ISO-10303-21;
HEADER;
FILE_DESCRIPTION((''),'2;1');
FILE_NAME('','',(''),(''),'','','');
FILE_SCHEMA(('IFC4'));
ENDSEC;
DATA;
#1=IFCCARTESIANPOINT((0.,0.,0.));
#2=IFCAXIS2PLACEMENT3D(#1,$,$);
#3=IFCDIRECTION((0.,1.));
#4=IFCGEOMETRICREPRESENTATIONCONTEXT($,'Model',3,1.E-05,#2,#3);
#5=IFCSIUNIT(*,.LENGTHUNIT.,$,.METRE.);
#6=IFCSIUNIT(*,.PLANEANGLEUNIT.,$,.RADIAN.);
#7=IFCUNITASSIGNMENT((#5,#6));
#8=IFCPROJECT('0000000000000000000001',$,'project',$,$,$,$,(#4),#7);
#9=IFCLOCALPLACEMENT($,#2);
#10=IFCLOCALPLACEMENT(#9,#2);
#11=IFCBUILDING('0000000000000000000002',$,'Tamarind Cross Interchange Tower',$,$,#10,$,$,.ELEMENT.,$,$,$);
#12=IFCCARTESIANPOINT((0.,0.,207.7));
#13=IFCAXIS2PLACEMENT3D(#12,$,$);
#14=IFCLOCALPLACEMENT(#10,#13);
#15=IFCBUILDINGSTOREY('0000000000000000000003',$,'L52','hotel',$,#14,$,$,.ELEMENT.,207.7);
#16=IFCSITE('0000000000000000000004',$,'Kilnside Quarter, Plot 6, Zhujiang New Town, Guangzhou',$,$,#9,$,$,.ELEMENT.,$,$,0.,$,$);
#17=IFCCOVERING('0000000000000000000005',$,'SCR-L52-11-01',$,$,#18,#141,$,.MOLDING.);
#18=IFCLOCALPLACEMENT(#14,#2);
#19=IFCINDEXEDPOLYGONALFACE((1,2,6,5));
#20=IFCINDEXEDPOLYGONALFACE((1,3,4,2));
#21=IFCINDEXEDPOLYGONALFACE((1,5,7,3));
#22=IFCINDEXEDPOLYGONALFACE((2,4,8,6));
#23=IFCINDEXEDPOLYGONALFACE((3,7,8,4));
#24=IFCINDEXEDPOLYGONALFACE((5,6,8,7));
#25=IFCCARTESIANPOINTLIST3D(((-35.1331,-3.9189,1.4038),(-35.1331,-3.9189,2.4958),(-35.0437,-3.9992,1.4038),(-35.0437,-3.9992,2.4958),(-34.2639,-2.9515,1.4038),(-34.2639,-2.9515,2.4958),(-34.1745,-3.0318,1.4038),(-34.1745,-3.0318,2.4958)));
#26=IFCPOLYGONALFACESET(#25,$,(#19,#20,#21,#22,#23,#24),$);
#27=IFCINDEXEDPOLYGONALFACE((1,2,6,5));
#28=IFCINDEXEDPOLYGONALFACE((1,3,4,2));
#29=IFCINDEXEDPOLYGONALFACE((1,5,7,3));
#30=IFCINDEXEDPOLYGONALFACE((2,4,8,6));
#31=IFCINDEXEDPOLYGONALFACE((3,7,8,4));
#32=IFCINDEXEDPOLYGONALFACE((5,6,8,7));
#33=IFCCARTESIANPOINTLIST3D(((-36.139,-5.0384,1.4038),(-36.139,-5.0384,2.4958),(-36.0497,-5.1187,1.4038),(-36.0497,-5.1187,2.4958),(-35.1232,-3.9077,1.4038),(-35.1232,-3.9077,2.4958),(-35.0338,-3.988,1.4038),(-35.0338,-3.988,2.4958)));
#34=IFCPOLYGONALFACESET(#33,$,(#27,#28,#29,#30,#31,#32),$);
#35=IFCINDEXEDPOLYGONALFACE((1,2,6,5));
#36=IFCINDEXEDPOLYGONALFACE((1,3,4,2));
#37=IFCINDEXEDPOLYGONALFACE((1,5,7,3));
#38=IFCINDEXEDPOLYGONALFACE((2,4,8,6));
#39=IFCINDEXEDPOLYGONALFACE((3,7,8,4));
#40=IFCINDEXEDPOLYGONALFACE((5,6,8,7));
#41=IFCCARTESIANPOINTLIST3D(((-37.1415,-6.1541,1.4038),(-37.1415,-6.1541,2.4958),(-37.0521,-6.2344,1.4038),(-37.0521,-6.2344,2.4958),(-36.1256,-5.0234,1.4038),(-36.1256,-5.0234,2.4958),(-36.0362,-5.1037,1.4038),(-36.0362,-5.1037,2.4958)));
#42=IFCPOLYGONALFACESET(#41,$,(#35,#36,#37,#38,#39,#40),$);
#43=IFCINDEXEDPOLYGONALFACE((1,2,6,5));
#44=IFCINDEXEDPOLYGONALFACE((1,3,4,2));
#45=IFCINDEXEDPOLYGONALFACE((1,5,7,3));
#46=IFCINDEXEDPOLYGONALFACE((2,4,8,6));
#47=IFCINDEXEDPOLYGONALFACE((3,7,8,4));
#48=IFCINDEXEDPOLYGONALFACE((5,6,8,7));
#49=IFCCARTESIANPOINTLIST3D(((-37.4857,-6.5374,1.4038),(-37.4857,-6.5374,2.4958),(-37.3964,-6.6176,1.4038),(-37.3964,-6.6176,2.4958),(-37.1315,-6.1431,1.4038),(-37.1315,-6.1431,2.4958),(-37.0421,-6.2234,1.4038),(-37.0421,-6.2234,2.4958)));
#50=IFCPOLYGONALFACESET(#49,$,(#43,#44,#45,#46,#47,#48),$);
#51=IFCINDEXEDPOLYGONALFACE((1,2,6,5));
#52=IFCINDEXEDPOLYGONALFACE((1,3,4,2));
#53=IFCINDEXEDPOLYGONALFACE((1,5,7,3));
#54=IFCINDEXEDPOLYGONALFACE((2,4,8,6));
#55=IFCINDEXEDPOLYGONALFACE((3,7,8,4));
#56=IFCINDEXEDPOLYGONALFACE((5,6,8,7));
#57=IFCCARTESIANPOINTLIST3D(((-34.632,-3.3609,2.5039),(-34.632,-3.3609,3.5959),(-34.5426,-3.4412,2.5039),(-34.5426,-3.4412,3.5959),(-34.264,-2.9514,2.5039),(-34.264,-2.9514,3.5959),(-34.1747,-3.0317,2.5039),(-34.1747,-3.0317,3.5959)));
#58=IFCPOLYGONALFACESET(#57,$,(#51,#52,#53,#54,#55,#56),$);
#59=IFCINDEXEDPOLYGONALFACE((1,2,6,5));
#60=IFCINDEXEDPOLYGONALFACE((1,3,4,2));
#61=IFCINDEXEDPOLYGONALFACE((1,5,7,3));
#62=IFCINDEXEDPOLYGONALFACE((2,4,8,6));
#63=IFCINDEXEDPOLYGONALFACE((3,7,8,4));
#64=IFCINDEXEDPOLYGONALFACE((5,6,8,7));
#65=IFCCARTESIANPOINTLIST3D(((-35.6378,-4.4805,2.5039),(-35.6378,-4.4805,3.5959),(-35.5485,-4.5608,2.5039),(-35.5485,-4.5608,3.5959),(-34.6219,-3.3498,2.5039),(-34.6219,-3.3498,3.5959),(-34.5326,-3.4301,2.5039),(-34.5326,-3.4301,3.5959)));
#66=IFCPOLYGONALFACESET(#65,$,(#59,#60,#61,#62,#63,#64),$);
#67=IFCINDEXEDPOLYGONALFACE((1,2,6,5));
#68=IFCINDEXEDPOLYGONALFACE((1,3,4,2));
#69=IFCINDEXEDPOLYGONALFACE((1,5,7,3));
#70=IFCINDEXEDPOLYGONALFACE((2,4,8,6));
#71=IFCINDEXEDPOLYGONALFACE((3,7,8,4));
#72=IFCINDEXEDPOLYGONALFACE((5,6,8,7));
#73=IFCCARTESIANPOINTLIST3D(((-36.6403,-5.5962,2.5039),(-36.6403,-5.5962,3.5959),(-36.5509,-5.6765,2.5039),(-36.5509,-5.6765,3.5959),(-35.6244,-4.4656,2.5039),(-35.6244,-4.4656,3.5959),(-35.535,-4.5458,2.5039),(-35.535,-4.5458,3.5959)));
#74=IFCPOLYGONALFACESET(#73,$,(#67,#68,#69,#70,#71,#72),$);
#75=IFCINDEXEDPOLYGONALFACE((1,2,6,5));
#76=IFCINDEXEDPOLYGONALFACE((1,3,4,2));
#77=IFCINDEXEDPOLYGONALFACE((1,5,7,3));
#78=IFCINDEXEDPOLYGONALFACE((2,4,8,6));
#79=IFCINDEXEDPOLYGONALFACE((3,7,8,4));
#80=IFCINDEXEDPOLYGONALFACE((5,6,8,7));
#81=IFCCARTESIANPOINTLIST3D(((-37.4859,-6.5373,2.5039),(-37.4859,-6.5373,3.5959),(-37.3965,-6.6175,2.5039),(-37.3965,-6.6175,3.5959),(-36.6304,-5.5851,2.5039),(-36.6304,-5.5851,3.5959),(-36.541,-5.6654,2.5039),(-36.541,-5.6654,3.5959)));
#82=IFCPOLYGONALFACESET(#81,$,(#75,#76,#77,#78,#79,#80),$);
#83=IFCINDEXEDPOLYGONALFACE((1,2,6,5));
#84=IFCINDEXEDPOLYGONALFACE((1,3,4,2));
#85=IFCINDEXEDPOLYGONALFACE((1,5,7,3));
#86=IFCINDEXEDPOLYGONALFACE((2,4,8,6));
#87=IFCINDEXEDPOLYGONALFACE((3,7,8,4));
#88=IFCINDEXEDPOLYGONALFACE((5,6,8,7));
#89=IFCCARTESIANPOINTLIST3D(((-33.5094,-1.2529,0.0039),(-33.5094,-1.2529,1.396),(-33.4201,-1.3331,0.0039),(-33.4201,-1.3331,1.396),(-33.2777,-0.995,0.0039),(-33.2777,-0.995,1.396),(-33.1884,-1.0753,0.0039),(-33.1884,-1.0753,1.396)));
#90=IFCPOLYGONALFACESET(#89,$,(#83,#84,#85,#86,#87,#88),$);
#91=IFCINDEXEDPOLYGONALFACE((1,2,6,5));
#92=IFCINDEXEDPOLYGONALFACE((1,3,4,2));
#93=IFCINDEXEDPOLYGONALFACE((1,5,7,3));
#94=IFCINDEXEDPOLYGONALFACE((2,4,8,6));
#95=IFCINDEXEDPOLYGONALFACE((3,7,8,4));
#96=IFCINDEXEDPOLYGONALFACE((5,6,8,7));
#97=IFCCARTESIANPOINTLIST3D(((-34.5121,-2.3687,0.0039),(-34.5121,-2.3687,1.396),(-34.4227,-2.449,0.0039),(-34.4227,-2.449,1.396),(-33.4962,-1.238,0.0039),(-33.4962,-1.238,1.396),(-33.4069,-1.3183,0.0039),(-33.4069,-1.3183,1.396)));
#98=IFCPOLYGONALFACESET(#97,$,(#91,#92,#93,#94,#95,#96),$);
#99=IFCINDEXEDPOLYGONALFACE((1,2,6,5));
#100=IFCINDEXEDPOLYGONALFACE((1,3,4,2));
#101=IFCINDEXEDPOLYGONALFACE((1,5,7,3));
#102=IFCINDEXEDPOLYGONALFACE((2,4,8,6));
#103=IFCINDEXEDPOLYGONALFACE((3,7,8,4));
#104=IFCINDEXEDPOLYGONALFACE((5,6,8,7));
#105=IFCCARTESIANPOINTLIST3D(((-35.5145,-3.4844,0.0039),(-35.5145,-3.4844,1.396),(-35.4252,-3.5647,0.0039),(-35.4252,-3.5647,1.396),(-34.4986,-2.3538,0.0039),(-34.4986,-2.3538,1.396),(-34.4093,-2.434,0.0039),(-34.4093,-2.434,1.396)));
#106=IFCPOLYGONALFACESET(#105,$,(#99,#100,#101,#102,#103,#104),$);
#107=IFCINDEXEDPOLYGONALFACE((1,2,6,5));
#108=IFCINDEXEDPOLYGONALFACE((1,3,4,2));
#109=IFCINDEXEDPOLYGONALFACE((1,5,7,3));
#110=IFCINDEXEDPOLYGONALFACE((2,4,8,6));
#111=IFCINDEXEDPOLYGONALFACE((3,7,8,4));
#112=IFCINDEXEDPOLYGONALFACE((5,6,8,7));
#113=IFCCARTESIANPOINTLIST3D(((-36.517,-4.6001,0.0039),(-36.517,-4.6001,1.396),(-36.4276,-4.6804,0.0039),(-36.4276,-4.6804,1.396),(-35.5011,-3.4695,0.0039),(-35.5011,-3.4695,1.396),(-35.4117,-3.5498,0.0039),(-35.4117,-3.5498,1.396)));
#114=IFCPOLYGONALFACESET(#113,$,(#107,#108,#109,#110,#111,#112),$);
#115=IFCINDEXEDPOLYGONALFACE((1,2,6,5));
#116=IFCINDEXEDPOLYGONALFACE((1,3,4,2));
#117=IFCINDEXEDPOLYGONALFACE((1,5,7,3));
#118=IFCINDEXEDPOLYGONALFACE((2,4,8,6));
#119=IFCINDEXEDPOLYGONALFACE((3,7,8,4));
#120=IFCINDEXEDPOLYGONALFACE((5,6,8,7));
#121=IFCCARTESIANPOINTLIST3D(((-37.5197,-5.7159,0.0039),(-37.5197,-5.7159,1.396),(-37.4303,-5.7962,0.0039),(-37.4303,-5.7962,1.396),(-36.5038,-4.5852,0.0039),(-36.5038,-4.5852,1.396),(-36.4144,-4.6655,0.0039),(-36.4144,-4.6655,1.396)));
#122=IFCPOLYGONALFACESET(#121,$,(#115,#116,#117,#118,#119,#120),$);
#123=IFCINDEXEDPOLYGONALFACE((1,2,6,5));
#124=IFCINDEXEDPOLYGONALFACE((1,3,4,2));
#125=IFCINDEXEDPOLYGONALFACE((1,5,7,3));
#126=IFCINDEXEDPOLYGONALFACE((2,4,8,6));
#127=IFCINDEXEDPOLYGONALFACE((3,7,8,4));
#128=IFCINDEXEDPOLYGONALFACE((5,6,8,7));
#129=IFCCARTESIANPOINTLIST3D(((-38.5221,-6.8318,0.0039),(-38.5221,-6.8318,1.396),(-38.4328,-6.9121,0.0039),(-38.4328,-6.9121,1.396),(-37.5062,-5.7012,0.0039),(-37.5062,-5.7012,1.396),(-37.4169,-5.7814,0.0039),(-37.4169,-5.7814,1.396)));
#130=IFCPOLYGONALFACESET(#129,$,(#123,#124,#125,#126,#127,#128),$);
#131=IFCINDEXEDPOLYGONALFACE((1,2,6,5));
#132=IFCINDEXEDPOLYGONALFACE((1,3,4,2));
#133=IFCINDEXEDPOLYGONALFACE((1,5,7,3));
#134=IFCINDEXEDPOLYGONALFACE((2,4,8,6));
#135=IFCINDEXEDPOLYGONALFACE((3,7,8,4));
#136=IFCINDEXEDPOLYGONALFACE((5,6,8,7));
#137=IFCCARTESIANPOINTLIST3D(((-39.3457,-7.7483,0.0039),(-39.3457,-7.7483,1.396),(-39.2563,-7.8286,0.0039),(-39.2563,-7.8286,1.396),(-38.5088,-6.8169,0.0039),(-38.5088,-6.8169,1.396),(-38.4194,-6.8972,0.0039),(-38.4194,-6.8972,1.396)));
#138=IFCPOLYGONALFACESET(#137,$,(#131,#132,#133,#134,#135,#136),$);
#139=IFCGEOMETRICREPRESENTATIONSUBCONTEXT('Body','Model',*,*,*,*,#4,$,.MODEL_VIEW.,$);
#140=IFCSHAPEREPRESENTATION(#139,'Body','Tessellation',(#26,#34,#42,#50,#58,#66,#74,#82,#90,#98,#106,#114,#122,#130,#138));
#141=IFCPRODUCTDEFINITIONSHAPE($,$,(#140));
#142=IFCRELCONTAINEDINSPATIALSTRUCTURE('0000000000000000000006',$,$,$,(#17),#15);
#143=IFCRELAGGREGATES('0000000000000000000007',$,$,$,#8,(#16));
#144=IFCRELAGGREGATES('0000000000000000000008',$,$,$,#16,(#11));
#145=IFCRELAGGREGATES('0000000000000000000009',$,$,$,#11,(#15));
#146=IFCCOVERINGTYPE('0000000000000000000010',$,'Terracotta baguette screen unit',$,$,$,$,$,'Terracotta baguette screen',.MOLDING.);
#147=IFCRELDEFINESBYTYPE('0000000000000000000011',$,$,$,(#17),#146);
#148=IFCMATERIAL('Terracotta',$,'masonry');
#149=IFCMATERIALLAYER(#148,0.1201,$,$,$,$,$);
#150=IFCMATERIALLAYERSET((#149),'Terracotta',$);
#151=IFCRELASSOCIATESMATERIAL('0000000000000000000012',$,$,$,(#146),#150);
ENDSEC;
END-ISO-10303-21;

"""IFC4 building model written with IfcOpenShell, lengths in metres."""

from ifc_helpers import new_model, si_unit, direction, frame, origin, origin_2d, place, context, subcontext, project, spatial, rectangle, extrude, material, layer, layer_set, type_object, element, save


model = new_model("IFC4")

# Units and contexts
model_context = context("Model", 3, precision=1e-05, world=origin(), true_north=direction((0.0, 1.0)))
body_context = subcontext(model_context, "Body", "Model", "MODEL_VIEW")
ifc_project = project(units=[si_unit("LENGTHUNIT", "METRE"), si_unit("PLANEANGLEUNIT", "RADIAN")], contexts=[model_context])

# Site, building, storey
site_placement = place(None, origin())
site = spatial("IfcSite", under=ifc_project, at=site_placement, Name="Kilnside Quarter, Plot 6, Zhujiang New Town, Guangzhou", CompositionType="ELEMENT", RefElevation=0.0)
building_placement = place(site_placement, origin())
building = spatial("IfcBuilding", under=site, at=building_placement, Name="Tamarind Cross Interchange Tower", CompositionType="ELEMENT")
storey_placement = place(building_placement, frame((0.0, 0.0, 207.7)))
storey = spatial("IfcBuildingStorey", under=building, at=storey_placement, Name="L52", Description="hotel", CompositionType="ELEMENT", Elevation=207.7)

# Covering
ifc_material_1 = material(Name="Terracotta", Category="masonry")
ifc_layer_1 = layer(ifc_material_1, 0.1201)
ifc_layer_set_1 = layer_set([ifc_layer_1], Name="Terracotta")
covering_type = type_object("IfcCoveringType", Name="Terracotta baguette screen unit", ElementType="Terracotta baguette screen", PredefinedType="MOLDING", material=ifc_layer_set_1)
covering_1_placement = place(storey_placement, origin())
element("IfcCovering", 1, at=covering_1_placement, inside=storey, type_object=covering_type, Name="SCR-L52-11-01", PredefinedType="MOLDING", context=body_context, shape_type="SweptSolid", body=[
    extrude(rectangle(XDim=1.3005, YDim=0.1201, at=origin_2d()), frame((-34.6538, -3.4753, 1.4038), z_axis=(0.0, 0.0, 1.0), x_axis=(-0.668342, -0.743854, 0.0)), (0.0, 0.0, 1.0), 1.092),
    extrude(rectangle(XDim=1.52, YDim=0.1201, at=origin_2d()), frame((-35.5864, -4.5132, 1.4038), z_axis=(0.0, 0.0, 1.0), x_axis=(-0.668342, -0.743854, 0.0)), (0.0, 0.0, 1.0), 1.092),
    extrude(rectangle(XDim=1.52, YDim=0.1201, at=origin_2d()), frame((-36.5889, -5.6289, 1.4038), z_axis=(0.0, 0.0, 1.0), x_axis=(-0.668342, -0.743854, 0.0)), (0.0, 0.0, 1.0), 1.092),
    extrude(rectangle(XDim=0.53, YDim=0.1201, at=origin_2d()), frame((-37.2639, -6.3804, 1.4038), z_axis=(0.0, 0.0, 1.0), x_axis=(-0.668342, -0.743854, 0.0)), (0.0, 0.0, 1.0), 1.092),
    extrude(rectangle(XDim=0.5505, YDim=0.1201, at=origin_2d()), frame((-34.4033, -3.1963, 2.5039), z_axis=(0.0, 0.0, 1.0), x_axis=(-0.668342, -0.743854, 0.0)), (0.0, 0.0, 1.0), 1.092),
    extrude(rectangle(XDim=1.52, YDim=0.1201, at=origin_2d()), frame((-35.0852, -3.9553, 2.5039), z_axis=(0.0, 0.0, 1.0), x_axis=(-0.668342, -0.743854, 0.0)), (0.0, 0.0, 1.0), 1.092),
    extrude(rectangle(XDim=1.52, YDim=0.1201, at=origin_2d()), frame((-36.0876, -5.071, 2.5039), z_axis=(0.0, 0.0, 1.0), x_axis=(-0.668342, -0.743854, 0.0)), (0.0, 0.0, 1.0), 1.092),
    extrude(rectangle(XDim=1.28, YDim=0.1201, at=origin_2d()), frame((-37.0134, -6.1013, 2.5039), z_axis=(0.0, 0.0, 1.0), x_axis=(-0.668342, -0.743854, 0.0)), (0.0, 0.0, 1.0), 1.092),
    extrude(rectangle(XDim=0.3467, YDim=0.1201, at=origin_2d()), frame((-33.3489, -1.1641, 0.0039), z_axis=(0.0, 0.0, 1.0), x_axis=(-0.668342, -0.743854, 0.0)), (0.0, 0.0, 1.0), 1.3921),
    extrude(rectangle(XDim=1.52, YDim=0.1201, at=origin_2d()), frame((-33.9595, -1.8435, 0.0039), z_axis=(0.0, 0.0, 1.0), x_axis=(-0.668342, -0.743854, 0.0)), (0.0, 0.0, 1.0), 1.3921),
    extrude(rectangle(XDim=1.52, YDim=0.1201, at=origin_2d()), frame((-34.9619, -2.9592, 0.0039), z_axis=(0.0, 0.0, 1.0), x_axis=(-0.668342, -0.743854, 0.0)), (0.0, 0.0, 1.0), 1.3921),
    extrude(rectangle(XDim=1.52, YDim=0.1201, at=origin_2d()), frame((-35.9644, -4.075, 0.0039), z_axis=(0.0, 0.0, 1.0), x_axis=(-0.668342, -0.743854, 0.0)), (0.0, 0.0, 1.0), 1.3921),
    extrude(rectangle(XDim=1.52, YDim=0.1201, at=origin_2d()), frame((-36.967, -5.1907, 0.0039), z_axis=(0.0, 0.0, 1.0), x_axis=(-0.668342, -0.743854, 0.0)), (0.0, 0.0, 1.0), 1.3921),
    extrude(rectangle(XDim=1.52, YDim=0.1201, at=origin_2d()), frame((-37.9695, -6.3066, 0.0039), z_axis=(0.0, 0.0, 1.0), x_axis=(-0.668342, -0.743854, 0.0)), (0.0, 0.0, 1.0), 1.3921),
    extrude(rectangle(XDim=1.2522, YDim=0.1201, at=origin_2d()), frame((-38.8826, -7.3228, 0.0039), z_axis=(0.0, 0.0, 1.0), x_axis=(-0.668342, -0.743854, 0.0)), (0.0, 0.0, 1.0), 1.3921),
])

save(model, "model.ifc")
